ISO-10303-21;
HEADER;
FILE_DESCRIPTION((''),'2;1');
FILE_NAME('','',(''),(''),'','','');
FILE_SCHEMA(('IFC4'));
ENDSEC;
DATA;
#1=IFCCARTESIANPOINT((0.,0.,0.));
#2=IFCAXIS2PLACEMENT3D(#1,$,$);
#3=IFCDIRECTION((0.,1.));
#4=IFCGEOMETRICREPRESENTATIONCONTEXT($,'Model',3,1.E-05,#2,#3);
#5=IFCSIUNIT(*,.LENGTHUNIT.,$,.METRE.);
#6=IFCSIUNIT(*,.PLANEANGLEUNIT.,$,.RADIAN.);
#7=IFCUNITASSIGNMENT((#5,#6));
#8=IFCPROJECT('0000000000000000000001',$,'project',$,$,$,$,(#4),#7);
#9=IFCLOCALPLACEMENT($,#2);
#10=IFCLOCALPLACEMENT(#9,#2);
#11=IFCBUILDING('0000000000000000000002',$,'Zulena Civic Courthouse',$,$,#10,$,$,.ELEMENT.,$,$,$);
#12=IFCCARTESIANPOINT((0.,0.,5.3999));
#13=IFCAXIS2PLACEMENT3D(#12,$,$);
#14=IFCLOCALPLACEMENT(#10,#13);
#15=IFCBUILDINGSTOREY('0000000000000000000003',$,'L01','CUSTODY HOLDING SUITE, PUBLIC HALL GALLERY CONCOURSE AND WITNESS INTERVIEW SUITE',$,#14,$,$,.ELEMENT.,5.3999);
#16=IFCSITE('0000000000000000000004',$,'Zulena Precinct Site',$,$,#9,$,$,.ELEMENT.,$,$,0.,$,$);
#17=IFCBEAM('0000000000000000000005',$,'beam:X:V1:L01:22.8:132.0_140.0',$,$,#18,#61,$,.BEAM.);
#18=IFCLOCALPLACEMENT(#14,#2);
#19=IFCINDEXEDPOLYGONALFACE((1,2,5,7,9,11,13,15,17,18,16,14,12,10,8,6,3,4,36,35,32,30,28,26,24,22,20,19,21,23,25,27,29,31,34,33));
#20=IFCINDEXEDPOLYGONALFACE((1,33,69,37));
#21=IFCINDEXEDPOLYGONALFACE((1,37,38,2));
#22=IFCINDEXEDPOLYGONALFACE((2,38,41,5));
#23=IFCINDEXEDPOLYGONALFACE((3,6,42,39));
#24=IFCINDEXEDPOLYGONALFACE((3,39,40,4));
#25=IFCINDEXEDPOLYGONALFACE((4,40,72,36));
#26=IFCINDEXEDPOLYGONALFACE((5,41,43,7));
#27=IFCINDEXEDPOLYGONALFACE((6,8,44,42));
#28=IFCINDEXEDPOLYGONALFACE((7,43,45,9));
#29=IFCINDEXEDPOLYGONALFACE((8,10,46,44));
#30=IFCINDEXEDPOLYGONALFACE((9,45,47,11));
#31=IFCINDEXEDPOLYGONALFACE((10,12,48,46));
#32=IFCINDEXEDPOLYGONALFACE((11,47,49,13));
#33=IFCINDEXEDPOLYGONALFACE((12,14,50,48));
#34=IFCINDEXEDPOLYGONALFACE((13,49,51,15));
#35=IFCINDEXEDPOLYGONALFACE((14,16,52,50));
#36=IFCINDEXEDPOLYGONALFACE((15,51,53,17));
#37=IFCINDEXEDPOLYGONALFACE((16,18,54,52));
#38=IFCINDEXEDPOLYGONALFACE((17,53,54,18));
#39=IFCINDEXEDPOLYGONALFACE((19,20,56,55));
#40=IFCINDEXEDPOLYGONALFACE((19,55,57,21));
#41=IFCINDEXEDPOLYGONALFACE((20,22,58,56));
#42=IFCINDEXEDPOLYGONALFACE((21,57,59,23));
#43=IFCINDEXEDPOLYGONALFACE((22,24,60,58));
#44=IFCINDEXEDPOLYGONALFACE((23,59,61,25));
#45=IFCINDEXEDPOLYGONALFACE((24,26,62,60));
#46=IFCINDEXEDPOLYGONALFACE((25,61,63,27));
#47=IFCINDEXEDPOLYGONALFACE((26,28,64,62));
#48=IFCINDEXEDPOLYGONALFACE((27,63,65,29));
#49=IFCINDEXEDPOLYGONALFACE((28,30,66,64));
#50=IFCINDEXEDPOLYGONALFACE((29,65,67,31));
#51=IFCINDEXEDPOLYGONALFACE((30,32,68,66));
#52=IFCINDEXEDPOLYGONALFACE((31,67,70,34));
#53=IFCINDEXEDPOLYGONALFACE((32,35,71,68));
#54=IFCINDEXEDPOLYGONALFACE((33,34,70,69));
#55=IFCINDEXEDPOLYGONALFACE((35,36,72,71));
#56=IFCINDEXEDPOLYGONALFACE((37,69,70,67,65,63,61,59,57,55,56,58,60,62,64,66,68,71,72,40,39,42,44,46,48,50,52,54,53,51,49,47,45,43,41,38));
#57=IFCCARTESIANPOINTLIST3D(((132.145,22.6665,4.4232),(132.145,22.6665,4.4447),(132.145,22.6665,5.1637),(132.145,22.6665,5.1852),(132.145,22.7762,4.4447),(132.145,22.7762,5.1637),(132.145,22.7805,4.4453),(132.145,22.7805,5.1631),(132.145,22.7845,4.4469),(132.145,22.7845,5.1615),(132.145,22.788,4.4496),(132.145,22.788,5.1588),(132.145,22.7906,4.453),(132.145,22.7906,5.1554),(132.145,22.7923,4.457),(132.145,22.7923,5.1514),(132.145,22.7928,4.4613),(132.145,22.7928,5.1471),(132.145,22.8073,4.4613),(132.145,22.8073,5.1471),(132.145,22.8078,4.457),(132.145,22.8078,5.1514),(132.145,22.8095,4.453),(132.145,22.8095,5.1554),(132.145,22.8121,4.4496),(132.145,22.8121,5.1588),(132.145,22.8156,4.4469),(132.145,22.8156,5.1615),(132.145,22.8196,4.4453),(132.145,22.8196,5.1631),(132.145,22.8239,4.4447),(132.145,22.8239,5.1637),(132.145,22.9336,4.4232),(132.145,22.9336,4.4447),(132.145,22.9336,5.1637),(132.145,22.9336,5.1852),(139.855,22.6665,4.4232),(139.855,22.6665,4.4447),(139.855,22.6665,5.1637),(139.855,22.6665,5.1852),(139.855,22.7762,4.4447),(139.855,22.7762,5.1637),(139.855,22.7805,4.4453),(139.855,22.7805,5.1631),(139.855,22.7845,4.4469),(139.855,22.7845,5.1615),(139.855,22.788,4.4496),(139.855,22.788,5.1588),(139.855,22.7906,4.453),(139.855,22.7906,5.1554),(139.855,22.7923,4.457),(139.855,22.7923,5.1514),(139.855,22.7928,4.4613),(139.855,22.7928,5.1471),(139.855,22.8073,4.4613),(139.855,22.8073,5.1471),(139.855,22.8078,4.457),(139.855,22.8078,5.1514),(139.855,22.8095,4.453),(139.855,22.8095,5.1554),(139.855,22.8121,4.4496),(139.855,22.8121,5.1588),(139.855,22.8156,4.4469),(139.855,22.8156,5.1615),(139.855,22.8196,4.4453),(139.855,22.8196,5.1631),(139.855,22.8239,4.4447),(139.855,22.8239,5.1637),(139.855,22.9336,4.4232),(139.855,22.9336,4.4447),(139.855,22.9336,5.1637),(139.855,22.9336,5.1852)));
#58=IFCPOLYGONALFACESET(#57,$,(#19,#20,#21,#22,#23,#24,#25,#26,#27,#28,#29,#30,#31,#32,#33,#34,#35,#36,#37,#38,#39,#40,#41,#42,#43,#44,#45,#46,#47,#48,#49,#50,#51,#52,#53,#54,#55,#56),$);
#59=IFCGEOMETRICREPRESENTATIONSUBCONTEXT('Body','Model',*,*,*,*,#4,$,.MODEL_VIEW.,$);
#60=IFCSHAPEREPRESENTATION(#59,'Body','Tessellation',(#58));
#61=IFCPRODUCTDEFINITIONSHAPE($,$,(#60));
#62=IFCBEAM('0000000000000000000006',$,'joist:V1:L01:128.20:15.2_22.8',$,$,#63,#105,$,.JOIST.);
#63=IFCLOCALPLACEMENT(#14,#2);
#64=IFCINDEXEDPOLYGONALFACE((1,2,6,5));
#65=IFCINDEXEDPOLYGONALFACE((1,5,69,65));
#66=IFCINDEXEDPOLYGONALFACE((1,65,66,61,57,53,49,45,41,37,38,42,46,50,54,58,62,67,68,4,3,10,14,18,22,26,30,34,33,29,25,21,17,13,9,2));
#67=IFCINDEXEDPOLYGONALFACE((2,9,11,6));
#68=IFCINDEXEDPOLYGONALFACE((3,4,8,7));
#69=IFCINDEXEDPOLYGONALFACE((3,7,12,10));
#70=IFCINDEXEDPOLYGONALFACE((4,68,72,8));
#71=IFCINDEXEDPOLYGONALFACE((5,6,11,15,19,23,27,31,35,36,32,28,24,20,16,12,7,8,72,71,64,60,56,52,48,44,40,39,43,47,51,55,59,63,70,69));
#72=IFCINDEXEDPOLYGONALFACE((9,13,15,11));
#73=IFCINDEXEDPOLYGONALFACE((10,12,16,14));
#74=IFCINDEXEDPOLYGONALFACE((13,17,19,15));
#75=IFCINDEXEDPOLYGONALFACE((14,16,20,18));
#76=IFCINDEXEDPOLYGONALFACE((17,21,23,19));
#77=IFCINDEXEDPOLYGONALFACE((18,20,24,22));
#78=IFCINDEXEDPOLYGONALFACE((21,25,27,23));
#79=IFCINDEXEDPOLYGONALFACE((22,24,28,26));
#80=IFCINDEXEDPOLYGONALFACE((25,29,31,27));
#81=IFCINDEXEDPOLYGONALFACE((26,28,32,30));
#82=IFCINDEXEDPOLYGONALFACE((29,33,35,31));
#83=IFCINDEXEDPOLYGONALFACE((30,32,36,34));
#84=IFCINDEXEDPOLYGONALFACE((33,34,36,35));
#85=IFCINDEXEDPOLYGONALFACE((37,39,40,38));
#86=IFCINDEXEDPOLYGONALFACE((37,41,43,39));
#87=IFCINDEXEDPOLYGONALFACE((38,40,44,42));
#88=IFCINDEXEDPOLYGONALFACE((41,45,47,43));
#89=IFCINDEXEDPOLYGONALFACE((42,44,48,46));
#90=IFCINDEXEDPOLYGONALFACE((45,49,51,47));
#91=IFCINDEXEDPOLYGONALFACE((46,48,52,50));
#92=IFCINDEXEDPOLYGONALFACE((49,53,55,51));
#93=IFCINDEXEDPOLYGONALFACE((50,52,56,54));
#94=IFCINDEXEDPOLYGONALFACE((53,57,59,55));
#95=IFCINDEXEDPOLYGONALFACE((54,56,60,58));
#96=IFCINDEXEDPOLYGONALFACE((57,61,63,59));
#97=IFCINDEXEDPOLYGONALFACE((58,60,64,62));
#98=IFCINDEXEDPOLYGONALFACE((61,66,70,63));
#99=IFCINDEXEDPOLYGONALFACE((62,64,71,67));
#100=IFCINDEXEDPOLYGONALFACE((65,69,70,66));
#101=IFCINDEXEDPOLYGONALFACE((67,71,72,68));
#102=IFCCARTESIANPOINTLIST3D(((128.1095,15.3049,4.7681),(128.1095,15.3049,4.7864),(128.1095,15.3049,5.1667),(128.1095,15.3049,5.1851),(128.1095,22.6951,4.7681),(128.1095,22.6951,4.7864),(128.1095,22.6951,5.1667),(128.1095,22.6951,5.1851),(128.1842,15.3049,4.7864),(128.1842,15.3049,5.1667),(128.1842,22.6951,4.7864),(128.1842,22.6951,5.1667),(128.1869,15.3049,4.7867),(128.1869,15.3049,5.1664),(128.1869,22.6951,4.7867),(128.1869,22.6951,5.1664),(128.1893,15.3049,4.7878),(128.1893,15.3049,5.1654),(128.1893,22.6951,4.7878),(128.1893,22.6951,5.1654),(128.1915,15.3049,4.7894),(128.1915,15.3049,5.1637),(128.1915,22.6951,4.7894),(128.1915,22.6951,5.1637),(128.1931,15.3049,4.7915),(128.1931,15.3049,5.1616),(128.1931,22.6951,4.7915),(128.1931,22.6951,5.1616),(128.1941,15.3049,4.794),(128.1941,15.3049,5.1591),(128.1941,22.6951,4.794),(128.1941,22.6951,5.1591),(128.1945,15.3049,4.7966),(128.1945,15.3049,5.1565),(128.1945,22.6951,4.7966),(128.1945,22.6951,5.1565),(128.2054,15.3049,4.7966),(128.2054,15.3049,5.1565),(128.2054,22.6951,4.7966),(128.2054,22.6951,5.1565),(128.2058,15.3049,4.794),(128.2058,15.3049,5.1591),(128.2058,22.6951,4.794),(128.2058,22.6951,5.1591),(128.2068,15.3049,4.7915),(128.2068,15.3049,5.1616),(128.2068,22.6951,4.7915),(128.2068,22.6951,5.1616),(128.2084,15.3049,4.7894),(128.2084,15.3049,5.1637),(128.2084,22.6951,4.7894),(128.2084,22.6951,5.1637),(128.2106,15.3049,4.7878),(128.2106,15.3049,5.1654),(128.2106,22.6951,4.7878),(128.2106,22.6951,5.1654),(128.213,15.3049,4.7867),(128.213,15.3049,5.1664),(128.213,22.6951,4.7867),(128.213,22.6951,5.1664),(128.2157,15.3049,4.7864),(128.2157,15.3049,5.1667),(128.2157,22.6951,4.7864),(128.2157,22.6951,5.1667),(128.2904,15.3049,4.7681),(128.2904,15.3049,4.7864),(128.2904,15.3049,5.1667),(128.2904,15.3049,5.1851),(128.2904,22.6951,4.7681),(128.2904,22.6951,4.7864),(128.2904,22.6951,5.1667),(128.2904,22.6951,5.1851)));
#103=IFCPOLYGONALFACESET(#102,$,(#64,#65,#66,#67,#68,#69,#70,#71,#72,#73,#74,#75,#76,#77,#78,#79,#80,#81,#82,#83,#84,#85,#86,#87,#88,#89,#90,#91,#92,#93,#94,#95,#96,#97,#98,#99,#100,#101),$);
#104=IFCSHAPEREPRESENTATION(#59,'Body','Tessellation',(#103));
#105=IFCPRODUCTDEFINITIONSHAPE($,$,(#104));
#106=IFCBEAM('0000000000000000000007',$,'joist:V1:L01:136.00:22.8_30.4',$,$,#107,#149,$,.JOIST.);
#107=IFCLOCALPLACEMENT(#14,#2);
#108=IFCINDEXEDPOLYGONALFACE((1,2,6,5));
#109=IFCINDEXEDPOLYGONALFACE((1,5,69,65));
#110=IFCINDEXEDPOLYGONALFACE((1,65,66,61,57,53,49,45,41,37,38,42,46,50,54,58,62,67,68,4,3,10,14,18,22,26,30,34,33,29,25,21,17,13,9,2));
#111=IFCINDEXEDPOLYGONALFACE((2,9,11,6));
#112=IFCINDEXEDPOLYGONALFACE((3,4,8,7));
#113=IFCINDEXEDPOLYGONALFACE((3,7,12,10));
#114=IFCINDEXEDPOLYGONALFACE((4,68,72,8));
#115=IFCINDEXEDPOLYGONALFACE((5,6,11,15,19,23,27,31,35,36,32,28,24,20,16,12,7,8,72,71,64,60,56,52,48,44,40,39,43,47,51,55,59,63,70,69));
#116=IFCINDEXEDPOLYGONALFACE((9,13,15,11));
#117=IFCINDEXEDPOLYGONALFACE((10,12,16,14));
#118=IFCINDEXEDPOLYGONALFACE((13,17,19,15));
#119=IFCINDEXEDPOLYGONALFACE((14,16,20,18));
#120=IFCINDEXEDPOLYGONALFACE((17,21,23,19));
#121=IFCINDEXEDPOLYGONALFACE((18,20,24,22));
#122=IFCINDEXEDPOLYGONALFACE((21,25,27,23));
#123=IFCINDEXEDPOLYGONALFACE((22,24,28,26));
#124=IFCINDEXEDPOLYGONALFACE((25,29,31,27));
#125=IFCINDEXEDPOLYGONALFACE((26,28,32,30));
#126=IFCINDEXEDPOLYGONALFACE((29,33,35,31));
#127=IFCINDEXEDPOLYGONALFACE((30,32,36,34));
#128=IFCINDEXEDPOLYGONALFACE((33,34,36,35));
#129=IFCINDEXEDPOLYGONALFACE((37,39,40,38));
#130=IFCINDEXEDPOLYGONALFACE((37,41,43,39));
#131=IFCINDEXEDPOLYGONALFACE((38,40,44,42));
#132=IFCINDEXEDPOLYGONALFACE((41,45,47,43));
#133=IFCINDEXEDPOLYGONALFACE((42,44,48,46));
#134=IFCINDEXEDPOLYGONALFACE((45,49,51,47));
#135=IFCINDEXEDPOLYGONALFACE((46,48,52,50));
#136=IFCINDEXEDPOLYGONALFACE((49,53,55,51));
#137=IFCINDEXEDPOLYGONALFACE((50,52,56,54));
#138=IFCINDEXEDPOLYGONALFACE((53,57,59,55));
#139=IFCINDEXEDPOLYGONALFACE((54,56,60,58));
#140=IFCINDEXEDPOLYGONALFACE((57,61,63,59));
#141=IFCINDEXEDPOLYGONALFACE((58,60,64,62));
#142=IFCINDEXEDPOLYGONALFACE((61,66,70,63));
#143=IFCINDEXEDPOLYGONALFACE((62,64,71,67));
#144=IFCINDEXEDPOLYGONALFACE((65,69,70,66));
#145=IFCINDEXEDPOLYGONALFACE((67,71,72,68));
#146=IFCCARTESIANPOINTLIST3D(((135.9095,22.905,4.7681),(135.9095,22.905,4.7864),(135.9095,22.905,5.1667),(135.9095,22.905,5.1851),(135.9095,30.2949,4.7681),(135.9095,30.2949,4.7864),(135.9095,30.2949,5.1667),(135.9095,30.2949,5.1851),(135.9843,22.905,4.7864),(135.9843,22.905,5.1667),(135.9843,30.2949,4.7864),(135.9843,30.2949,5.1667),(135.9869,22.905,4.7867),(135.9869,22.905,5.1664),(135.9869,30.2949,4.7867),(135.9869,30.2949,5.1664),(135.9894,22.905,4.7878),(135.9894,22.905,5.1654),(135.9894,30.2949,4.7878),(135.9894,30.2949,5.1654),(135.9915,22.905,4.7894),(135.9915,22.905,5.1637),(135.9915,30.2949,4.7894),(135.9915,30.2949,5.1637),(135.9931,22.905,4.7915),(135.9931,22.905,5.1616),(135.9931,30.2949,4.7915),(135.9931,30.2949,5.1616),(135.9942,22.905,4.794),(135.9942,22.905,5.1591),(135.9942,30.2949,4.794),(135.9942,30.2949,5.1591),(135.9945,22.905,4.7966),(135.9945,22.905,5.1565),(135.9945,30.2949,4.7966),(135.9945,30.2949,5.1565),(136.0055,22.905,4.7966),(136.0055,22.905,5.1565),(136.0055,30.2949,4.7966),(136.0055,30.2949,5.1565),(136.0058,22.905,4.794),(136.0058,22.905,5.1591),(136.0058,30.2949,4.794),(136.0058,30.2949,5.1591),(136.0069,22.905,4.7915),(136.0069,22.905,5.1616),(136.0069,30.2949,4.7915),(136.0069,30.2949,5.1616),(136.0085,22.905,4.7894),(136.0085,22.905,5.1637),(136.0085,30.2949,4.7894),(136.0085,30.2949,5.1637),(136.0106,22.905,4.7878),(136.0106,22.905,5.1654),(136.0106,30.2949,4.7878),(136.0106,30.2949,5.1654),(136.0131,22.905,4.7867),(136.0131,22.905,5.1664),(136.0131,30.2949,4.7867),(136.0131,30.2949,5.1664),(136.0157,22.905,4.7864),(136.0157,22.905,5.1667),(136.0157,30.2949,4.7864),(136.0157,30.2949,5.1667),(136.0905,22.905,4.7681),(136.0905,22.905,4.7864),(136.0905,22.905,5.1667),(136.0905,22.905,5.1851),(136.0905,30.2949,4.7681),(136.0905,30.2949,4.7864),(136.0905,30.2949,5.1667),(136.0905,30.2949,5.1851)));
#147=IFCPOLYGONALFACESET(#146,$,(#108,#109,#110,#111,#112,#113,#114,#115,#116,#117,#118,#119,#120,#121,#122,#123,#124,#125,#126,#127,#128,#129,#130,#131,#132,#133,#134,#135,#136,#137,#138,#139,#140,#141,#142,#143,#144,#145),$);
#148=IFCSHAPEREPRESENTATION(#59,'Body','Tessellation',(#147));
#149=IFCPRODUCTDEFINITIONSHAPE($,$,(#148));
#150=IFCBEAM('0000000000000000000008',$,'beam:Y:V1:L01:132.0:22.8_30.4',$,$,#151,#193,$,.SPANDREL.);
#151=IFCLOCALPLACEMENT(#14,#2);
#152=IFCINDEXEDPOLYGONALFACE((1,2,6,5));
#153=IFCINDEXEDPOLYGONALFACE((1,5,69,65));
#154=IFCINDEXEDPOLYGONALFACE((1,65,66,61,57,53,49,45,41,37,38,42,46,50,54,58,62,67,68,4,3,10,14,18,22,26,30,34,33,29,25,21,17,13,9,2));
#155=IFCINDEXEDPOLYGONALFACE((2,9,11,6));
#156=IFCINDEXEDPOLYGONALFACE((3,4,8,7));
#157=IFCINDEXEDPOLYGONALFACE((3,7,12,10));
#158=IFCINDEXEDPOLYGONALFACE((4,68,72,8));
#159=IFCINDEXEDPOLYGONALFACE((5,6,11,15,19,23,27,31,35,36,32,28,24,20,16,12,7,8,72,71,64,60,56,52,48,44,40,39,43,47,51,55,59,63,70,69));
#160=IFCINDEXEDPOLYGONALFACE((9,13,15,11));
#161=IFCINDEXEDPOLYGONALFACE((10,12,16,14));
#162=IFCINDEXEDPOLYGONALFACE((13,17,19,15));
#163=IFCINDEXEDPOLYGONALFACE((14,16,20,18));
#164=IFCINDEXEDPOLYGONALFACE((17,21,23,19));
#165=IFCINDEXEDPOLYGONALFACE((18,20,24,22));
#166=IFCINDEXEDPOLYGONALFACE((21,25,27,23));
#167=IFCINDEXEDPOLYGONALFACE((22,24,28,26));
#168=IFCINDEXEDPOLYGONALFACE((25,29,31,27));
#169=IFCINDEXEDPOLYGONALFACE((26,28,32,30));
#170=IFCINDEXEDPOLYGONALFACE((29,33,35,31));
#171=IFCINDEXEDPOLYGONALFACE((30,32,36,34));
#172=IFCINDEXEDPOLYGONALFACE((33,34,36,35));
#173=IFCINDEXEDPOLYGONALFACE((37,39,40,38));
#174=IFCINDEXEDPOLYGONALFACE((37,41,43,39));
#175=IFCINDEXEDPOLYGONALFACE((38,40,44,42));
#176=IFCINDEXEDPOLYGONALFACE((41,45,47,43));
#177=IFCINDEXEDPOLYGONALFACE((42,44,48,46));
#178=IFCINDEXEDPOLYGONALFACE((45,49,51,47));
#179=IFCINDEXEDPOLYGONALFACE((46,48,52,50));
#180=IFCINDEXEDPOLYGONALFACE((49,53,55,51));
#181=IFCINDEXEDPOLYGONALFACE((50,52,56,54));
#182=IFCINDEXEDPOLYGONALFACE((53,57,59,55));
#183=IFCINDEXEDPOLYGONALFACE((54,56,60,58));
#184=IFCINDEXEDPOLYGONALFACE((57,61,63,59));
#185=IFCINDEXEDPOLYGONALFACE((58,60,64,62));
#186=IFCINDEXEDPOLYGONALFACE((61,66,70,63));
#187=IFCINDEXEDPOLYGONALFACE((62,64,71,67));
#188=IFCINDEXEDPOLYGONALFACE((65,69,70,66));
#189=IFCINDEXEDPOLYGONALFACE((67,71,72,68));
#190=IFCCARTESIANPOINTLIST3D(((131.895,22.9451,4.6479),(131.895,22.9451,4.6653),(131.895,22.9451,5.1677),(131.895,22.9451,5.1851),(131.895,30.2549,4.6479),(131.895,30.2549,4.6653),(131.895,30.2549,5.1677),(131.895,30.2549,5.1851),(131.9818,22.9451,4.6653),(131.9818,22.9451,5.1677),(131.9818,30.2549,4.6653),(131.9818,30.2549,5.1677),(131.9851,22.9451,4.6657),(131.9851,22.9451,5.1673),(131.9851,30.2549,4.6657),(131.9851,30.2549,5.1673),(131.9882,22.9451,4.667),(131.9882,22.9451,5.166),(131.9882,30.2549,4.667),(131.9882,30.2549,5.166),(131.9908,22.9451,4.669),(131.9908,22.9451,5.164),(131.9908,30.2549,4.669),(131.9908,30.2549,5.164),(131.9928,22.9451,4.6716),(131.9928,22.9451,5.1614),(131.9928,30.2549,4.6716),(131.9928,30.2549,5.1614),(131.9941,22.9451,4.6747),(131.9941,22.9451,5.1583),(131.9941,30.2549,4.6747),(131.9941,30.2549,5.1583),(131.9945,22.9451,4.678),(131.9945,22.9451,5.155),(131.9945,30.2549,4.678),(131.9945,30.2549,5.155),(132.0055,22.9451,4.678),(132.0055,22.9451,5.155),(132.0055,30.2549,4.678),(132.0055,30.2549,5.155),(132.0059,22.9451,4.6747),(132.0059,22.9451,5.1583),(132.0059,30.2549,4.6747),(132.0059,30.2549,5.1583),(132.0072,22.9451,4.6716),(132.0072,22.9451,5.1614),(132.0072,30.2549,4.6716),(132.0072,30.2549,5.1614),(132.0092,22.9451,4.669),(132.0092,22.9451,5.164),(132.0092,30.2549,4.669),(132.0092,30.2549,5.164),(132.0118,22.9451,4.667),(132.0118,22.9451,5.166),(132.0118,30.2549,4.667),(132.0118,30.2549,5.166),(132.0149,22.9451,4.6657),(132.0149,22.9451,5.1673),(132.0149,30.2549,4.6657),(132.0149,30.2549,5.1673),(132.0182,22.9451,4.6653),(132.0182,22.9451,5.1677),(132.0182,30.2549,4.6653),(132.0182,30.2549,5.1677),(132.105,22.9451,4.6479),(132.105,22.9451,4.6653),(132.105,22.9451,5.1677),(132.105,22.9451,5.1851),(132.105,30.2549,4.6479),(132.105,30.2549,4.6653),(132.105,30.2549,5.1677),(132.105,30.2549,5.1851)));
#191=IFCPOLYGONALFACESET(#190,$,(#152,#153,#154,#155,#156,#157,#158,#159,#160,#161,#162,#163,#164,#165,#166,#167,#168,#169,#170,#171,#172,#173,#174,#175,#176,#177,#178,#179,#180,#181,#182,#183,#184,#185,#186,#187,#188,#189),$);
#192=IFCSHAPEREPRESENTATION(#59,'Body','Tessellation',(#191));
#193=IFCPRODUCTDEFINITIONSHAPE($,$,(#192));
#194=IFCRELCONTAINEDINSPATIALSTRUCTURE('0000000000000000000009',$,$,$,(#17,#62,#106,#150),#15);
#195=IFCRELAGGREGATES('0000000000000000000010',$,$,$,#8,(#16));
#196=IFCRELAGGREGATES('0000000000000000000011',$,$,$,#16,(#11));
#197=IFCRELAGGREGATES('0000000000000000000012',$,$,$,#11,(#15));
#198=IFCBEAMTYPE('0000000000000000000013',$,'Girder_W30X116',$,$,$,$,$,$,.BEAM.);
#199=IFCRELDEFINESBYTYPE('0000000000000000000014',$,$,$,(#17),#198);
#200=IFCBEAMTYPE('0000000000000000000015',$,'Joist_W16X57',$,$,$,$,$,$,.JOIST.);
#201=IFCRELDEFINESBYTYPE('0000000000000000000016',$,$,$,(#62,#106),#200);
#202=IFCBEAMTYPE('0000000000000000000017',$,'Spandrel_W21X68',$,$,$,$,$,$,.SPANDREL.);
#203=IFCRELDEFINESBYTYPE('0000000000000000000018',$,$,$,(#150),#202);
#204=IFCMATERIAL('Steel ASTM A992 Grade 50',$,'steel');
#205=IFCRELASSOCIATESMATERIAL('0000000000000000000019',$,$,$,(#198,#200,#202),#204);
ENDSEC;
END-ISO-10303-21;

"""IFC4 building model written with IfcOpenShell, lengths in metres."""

from ifc_helpers import new_model, si_unit, direction, frame, origin, origin_2d, place, context, subcontext, project, spatial, i_section, extrude, material, material_profile, profile_set, type_object, element, save


model = new_model("IFC4")

# Units and contexts
model_context = context("Model", 3, precision=1e-05, world=origin(), true_north=direction((0.0, 1.0)))
body_context = subcontext(model_context, "Body", "Model", "MODEL_VIEW")
ifc_project = project(units=[si_unit("LENGTHUNIT", "METRE"), si_unit("PLANEANGLEUNIT", "RADIAN")], contexts=[model_context])

# Site, building, storey
site_placement = place(None, origin())
site = spatial("IfcSite", under=ifc_project, at=site_placement, Name="Zulena Precinct Site", CompositionType="ELEMENT", RefElevation=0.0)
building_placement = place(site_placement, origin())
building = spatial("IfcBuilding", under=site, at=building_placement, Name="Zulena Civic Courthouse", CompositionType="ELEMENT")
storey_placement = place(building_placement, frame((0.0, 0.0, 5.3999)))
storey = spatial("IfcBuildingStorey", under=building, at=storey_placement, Name="L01", Description="CUSTODY HOLDING SUITE, PUBLIC HALL GALLERY CONCOURSE AND WITNESS INTERVIEW SUITE", CompositionType="ELEMENT", Elevation=5.3999)

# Shared definitions
ifc_material_1 = material(Name="Steel ASTM A992 Grade 50", Category="steel")

# Beams
ifc_material_profile_1 = material_profile(ifc_material_1, i_section(OverallWidth=0.2671, OverallDepth=0.762, WebThickness=0.0144, FlangeThickness=0.0215, FilletRadius=0.0166, at=origin_2d()), Name="W30X116")
ifc_profile_set_1 = profile_set([ifc_material_profile_1], Name="Steel ASTM A992 Grade 50")
beam_type_1 = type_object("IfcBeamType", Name="Girder_W30X116", PredefinedType="BEAM", material=ifc_profile_set_1)
beam_1_placement = place(storey_placement, frame((132.145, 22.8, 4.8042), z_axis=(1.0, 0.0, 0.0), x_axis=(0.0, 1.0, 0.0)))
element("IfcBeam", 1, at=beam_1_placement, inside=storey, type_object=beam_type_1, Name="beam:X:V1:L01:22.8:132.0_140.0", PredefinedType="BEAM", context=body_context, shape_type="SweptSolid", body=[
    extrude(i_section(OverallWidth=0.2671, OverallDepth=0.762, WebThickness=0.0144, FlangeThickness=0.0215, FilletRadius=0.0166, at=origin_2d()), origin(), (0.0, 0.0, 1.0), 7.71),
])
ifc_material_profile_2 = material_profile(ifc_material_1, i_section(OverallWidth=0.1809, OverallDepth=0.417, WebThickness=0.011, FlangeThickness=0.0183, FilletRadius=0.0103, at=origin_2d()), Name="W16X57")
ifc_profile_set_2 = profile_set([ifc_material_profile_2], Name="Steel ASTM A992 Grade 50")
beam_type_2 = type_object("IfcBeamType", Name="Joist_W16X57", PredefinedType="JOIST", material=ifc_profile_set_2)
beam_2_placement = place(storey_placement, frame((128.2, 15.3049, 4.9766), z_axis=(0.0, 1.0, 0.0), x_axis=(-1.0, 0.0, 0.0)))
element("IfcBeam", 2, at=beam_2_placement, inside=storey, type_object=beam_type_2, Name="joist:V1:L01:128.20:15.2_22.8", PredefinedType="JOIST", context=body_context, shape_type="SweptSolid", body=[
    extrude(i_section(OverallWidth=0.1809, OverallDepth=0.417, WebThickness=0.011, FlangeThickness=0.0183, FilletRadius=0.0103, at=origin_2d()), origin(), (0.0, 0.0, 1.0), 7.3901),
])
beam_3_placement = place(storey_placement, frame((136.0, 22.905, 4.9766), z_axis=(0.0, 1.0, 0.0), x_axis=(-1.0, 0.0, 0.0)))
element("IfcBeam", 3, at=beam_3_placement, inside=storey, type_object=beam_type_2, Name="joist:V1:L01:136.00:22.8_30.4", PredefinedType="JOIST", context=body_context, shape_type="SweptSolid", body=[
    extrude(i_section(OverallWidth=0.1809, OverallDepth=0.417, WebThickness=0.011, FlangeThickness=0.0183, FilletRadius=0.0103, at=origin_2d()), origin(), (0.0, 0.0, 1.0), 7.3899),
])
ifc_material_profile_3 = material_profile(ifc_material_1, i_section(OverallWidth=0.21, OverallDepth=0.5371, WebThickness=0.011, FlangeThickness=0.0173, FilletRadius=0.0127, at=origin_2d()), Name="W21X68")
ifc_profile_set_3 = profile_set([ifc_material_profile_3], Name="Steel ASTM A992 Grade 50")
beam_type_3 = type_object("IfcBeamType", Name="Spandrel_W21X68", PredefinedType="SPANDREL", material=ifc_profile_set_3)
beam_4_placement = place(storey_placement, frame((132.0, 22.9451, 4.9165), z_axis=(0.0, 1.0, 0.0), x_axis=(-1.0, 0.0, 0.0)))
element("IfcBeam", 4, at=beam_4_placement, inside=storey, type_object=beam_type_3, Name="beam:Y:V1:L01:132.0:22.8_30.4", PredefinedType="SPANDREL", context=body_context, shape_type="SweptSolid", body=[
    extrude(i_section(OverallWidth=0.21, OverallDepth=0.5371, WebThickness=0.011, FlangeThickness=0.0173, FilletRadius=0.0127, at=origin_2d()), origin(), (0.0, 0.0, 1.0), 7.3098),
])

save(model, "model.ifc")
